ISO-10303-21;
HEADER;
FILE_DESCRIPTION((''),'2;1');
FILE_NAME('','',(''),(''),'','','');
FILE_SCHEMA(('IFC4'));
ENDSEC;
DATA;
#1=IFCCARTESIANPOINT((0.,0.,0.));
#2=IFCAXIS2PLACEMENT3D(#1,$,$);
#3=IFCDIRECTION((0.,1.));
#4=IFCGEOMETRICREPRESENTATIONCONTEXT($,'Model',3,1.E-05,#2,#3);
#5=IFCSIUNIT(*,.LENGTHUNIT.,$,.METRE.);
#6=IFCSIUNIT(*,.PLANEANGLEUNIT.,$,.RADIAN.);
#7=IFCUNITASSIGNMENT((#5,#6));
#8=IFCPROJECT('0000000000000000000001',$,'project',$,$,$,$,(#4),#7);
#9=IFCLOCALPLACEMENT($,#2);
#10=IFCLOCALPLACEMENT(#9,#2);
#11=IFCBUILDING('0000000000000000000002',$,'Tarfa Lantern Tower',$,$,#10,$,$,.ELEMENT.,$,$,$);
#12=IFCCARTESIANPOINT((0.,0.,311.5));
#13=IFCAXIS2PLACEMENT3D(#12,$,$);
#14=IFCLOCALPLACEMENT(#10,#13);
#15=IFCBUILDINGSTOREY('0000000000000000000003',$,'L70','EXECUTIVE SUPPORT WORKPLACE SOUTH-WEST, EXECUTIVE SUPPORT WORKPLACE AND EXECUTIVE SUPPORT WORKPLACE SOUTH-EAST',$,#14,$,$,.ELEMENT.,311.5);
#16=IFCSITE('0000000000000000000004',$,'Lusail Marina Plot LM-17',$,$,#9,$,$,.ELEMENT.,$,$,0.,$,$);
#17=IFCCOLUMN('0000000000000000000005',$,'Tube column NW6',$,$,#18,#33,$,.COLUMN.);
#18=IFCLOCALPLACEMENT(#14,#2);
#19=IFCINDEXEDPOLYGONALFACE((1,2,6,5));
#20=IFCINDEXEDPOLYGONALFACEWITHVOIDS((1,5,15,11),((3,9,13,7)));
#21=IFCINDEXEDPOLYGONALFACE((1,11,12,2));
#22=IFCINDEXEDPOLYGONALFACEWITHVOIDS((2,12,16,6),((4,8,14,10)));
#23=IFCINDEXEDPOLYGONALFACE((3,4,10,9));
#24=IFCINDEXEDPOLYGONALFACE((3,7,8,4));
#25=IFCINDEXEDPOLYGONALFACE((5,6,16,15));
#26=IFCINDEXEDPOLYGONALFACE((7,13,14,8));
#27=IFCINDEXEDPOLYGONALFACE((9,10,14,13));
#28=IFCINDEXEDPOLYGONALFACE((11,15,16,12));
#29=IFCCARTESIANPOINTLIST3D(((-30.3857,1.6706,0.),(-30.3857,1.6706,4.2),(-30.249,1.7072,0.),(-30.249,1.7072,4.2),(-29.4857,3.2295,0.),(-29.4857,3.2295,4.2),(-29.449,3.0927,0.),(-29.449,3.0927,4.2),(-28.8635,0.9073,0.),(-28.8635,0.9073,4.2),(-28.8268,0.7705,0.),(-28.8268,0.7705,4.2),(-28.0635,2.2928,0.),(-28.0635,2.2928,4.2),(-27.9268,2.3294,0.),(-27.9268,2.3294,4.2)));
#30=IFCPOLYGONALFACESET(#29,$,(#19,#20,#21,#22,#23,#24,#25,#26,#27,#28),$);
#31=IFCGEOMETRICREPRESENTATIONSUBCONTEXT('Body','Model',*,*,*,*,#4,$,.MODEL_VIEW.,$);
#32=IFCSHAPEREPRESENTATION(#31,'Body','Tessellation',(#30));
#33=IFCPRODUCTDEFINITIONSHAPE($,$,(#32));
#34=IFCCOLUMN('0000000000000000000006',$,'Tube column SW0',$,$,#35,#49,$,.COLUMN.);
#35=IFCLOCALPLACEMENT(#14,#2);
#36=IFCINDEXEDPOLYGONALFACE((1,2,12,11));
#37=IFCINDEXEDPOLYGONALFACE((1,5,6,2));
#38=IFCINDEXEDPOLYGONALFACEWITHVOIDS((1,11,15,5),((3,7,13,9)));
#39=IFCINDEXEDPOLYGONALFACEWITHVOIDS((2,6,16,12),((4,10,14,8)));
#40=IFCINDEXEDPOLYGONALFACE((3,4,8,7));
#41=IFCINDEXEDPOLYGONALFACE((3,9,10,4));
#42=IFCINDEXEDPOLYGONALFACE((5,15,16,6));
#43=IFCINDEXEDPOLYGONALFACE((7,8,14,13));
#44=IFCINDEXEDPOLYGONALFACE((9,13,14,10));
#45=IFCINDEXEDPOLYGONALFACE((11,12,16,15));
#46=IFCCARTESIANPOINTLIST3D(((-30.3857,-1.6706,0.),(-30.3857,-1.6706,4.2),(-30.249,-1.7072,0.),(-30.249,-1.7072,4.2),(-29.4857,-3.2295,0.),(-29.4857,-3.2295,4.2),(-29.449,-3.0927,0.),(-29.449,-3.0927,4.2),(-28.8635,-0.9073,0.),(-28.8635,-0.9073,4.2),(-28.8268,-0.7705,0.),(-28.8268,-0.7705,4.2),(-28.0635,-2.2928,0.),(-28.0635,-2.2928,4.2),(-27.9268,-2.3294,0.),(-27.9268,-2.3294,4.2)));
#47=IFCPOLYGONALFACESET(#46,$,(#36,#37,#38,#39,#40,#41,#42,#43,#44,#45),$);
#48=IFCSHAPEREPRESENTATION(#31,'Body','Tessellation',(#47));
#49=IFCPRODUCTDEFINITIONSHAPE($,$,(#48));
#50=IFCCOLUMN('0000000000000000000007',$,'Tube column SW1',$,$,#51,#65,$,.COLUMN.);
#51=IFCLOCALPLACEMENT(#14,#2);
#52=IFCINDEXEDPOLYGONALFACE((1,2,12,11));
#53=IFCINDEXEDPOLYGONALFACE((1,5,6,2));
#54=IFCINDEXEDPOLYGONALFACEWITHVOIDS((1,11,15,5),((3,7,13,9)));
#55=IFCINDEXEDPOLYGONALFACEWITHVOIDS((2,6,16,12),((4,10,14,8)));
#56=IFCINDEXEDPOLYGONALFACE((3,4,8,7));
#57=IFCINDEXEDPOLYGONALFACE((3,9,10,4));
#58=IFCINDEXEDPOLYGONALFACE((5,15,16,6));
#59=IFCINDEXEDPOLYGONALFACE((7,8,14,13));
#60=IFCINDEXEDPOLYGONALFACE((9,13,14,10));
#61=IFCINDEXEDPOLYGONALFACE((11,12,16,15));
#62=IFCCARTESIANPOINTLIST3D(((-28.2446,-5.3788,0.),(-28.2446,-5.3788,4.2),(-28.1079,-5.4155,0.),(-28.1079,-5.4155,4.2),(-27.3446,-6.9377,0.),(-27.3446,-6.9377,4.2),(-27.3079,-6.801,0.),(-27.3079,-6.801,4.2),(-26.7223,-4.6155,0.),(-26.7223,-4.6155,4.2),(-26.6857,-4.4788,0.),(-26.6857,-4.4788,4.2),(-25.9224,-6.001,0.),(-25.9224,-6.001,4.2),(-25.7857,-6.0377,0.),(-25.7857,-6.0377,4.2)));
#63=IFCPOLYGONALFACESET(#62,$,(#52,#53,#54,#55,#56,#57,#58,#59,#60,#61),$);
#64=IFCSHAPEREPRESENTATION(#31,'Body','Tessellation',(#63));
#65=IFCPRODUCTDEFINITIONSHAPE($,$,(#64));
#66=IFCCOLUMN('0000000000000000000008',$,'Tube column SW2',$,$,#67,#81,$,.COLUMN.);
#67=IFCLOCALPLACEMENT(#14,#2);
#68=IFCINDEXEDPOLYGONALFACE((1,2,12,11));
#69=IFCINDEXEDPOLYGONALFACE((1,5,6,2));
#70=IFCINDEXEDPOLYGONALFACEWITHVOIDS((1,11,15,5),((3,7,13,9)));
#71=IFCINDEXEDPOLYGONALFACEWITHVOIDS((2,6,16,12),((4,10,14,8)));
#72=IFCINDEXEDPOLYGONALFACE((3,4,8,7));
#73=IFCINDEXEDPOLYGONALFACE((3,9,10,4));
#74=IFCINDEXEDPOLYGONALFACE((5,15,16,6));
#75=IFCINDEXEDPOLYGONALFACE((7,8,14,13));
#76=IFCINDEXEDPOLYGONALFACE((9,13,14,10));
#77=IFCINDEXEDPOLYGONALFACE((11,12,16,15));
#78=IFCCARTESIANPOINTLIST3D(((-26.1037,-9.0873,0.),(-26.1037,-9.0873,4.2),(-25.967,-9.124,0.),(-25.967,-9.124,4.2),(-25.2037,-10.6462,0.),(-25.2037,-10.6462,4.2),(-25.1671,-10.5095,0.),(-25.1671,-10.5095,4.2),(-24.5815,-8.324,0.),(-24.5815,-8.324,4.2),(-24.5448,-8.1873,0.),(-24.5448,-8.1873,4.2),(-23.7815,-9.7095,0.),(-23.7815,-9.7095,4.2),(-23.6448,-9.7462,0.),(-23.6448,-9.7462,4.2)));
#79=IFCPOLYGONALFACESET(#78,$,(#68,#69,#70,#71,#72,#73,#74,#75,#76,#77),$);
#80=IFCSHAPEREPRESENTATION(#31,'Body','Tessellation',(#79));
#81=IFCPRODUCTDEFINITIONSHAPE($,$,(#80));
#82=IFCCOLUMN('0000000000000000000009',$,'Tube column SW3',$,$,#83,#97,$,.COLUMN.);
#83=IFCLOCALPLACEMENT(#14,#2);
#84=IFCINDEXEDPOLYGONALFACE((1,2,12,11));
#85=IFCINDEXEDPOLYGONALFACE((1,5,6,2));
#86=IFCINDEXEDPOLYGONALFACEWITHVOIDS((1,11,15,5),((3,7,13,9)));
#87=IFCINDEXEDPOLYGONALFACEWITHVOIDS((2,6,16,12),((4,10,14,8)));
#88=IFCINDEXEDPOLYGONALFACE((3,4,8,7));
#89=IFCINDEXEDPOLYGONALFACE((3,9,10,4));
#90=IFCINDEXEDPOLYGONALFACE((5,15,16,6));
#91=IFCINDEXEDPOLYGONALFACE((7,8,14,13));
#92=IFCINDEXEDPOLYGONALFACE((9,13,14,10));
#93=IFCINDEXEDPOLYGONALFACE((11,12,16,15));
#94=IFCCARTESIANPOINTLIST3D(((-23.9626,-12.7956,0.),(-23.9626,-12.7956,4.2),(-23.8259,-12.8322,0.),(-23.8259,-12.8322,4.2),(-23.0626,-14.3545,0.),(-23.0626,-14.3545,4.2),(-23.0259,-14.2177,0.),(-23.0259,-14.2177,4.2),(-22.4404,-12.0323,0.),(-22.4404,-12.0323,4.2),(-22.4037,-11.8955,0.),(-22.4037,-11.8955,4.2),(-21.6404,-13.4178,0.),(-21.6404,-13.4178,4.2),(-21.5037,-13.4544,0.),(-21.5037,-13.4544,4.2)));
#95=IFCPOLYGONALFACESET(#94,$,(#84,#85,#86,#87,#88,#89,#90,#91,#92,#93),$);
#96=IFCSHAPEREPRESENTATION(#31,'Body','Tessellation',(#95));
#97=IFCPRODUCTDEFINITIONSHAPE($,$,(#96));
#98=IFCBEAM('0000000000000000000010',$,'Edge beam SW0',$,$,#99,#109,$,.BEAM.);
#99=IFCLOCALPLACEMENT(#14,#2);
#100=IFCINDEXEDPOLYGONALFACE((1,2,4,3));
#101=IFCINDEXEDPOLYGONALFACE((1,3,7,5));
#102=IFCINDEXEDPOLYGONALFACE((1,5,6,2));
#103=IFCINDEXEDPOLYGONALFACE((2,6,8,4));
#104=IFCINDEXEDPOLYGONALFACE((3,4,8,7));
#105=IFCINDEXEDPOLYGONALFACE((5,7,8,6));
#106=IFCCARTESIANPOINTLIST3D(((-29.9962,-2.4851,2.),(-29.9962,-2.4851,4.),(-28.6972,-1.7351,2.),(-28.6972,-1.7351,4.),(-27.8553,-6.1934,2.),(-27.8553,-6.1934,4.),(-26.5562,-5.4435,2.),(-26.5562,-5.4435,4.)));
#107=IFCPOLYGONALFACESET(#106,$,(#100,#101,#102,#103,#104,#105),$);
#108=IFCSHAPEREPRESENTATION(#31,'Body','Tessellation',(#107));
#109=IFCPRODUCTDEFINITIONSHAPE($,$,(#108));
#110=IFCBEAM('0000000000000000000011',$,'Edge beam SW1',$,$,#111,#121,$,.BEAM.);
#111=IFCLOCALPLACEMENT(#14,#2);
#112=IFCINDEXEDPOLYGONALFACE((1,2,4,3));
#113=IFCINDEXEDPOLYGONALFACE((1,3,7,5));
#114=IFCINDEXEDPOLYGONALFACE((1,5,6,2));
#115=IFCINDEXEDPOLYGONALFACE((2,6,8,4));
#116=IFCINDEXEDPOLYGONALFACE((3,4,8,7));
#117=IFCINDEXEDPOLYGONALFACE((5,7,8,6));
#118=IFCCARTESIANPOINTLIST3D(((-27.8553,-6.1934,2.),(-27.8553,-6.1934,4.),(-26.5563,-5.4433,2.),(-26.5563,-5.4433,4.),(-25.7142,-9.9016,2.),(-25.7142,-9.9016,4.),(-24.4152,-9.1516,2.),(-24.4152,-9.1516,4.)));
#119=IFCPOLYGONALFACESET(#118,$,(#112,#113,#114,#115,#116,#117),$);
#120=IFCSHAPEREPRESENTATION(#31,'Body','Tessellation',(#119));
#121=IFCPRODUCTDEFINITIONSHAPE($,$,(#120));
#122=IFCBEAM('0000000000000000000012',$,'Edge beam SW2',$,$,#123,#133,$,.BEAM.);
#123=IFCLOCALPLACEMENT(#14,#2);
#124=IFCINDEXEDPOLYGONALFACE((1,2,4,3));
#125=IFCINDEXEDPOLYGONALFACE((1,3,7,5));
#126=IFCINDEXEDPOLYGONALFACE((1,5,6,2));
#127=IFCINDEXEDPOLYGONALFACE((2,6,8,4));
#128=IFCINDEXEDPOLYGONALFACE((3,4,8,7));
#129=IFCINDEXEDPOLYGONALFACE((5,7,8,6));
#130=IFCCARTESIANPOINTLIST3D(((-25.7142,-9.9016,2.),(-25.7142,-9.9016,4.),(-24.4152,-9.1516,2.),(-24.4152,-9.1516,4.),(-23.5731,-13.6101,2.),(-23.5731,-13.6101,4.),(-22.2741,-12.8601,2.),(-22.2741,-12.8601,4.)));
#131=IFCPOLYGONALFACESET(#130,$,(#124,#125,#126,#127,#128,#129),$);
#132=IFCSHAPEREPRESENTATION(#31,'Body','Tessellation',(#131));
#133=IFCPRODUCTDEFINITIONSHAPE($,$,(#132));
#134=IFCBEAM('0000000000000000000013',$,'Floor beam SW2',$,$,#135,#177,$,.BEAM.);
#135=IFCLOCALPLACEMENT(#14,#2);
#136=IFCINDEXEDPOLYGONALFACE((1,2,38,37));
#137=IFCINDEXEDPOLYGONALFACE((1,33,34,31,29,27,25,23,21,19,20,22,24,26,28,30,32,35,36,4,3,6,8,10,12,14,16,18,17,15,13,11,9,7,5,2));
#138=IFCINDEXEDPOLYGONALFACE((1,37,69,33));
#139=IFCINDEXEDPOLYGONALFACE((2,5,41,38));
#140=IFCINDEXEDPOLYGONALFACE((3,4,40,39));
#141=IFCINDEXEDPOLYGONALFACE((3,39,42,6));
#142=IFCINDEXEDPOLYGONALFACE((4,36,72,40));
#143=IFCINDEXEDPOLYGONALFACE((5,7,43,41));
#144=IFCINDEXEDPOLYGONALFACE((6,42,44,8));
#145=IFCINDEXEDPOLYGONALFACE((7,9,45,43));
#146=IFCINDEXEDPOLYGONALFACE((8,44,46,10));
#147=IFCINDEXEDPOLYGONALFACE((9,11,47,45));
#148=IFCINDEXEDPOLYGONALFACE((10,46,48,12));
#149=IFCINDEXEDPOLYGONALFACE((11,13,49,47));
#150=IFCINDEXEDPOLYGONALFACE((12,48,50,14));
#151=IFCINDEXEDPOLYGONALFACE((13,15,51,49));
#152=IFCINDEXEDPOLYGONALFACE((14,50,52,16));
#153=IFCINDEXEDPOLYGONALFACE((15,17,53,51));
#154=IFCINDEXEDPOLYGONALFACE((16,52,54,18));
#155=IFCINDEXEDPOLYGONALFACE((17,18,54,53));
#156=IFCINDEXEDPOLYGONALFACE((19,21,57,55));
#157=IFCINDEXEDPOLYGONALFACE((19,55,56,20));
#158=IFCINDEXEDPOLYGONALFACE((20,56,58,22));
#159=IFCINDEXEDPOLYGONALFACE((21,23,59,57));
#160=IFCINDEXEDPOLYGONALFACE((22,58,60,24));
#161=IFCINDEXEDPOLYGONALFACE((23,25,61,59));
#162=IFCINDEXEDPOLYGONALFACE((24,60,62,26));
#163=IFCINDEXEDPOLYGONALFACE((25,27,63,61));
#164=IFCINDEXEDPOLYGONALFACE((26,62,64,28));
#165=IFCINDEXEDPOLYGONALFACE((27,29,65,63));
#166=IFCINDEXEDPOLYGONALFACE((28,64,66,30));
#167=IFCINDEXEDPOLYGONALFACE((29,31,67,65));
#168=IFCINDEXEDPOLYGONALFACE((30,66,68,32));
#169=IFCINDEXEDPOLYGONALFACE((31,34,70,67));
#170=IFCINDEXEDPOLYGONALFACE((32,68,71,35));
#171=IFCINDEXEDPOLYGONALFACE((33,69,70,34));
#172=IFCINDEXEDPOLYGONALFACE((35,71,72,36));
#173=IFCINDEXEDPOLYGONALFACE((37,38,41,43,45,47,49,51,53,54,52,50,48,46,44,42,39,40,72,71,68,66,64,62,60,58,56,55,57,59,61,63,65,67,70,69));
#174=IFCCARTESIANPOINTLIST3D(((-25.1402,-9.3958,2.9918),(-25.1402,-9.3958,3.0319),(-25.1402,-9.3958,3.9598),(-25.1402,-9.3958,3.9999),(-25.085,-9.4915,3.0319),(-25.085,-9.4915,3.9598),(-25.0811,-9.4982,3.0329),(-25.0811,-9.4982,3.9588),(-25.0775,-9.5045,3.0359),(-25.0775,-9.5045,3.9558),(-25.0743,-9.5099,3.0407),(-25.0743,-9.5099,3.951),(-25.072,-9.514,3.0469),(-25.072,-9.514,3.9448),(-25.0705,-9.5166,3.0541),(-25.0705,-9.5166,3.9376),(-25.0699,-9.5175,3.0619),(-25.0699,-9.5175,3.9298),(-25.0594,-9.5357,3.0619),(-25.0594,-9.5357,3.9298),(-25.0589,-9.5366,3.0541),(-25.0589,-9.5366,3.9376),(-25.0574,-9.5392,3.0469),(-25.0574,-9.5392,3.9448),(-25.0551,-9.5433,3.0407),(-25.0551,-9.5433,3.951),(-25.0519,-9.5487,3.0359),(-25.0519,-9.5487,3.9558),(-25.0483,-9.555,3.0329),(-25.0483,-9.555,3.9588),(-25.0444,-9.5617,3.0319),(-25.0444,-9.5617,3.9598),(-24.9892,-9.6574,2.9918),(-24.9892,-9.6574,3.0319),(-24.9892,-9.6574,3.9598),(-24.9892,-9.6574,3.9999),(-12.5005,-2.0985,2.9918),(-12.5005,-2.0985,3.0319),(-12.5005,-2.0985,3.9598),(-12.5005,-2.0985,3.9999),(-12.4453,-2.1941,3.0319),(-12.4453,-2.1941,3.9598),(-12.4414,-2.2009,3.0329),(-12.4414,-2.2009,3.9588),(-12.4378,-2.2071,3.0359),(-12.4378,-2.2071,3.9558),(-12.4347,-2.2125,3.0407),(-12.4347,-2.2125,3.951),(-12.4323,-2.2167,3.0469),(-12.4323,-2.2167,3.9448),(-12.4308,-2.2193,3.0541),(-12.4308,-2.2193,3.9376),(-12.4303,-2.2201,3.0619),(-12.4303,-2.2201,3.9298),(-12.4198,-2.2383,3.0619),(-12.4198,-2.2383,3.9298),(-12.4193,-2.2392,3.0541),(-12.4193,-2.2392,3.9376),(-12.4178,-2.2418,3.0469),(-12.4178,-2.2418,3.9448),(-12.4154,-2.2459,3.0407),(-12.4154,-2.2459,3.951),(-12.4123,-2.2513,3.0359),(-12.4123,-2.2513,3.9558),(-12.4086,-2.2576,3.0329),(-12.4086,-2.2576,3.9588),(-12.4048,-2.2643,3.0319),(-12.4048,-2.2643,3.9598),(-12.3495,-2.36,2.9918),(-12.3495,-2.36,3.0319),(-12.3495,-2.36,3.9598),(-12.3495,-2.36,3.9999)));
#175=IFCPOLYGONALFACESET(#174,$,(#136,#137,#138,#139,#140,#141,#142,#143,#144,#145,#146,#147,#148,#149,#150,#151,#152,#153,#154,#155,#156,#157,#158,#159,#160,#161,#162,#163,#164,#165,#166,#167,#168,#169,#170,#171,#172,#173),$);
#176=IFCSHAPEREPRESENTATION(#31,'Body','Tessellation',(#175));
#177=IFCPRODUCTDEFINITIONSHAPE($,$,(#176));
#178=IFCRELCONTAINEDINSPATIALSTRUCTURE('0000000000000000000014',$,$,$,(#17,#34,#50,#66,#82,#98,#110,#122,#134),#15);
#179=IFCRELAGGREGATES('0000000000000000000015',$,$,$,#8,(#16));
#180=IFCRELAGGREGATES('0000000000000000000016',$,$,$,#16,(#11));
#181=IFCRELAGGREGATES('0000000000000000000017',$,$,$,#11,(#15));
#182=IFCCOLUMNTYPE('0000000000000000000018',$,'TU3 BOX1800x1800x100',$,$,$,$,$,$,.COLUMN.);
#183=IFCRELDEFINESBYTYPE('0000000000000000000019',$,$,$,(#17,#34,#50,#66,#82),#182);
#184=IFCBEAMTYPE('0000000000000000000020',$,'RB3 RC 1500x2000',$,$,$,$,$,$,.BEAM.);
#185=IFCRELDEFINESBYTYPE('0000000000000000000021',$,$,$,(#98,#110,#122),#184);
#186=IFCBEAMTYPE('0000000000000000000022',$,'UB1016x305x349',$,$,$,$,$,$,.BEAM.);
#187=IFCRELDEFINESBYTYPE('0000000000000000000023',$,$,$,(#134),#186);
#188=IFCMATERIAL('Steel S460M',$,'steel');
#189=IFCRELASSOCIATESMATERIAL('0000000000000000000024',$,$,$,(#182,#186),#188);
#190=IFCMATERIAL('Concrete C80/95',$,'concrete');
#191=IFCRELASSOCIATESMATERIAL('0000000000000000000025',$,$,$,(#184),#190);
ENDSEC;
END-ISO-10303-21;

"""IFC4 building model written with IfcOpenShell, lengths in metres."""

from ifc_helpers import new_model, si_unit, direction, frame, origin, origin_2d, place, context, subcontext, project, spatial, rectangle, hollow_rectangle, i_section, extrude, material, material_profile, profile_set, type_object, element, save


model = new_model("IFC4")

# Units and contexts
model_context = context("Model", 3, precision=1e-05, world=origin(), true_north=direction((0.0, 1.0)))
body_context = subcontext(model_context, "Body", "Model", "MODEL_VIEW")
ifc_project = project(units=[si_unit("LENGTHUNIT", "METRE"), si_unit("PLANEANGLEUNIT", "RADIAN")], contexts=[model_context])

# Site, building, storey
site_placement = place(None, origin())
site = spatial("IfcSite", under=ifc_project, at=site_placement, Name="Lusail Marina Plot LM-17", CompositionType="ELEMENT", RefElevation=0.0)
building_placement = place(site_placement, origin())
building = spatial("IfcBuilding", under=site, at=building_placement, Name="Tarfa Lantern Tower", CompositionType="ELEMENT")
storey_placement = place(building_placement, frame((0.0, 0.0, 311.5)))
storey = spatial("IfcBuildingStorey", under=building, at=storey_placement, Name="L70", Description="EXECUTIVE SUPPORT WORKPLACE SOUTH-WEST, EXECUTIVE SUPPORT WORKPLACE AND EXECUTIVE SUPPORT WORKPLACE SOUTH-EAST", CompositionType="ELEMENT", Elevation=311.5)

# Columns
ifc_material_1 = material(Name="Steel S460M", Category="steel")
ifc_material_profile_1 = material_profile(ifc_material_1, hollow_rectangle(XDim=1.8, YDim=1.8, WallThickness=0.1001, at=origin_2d()), Name="BOX1800x1800x100")
ifc_profile_set_1 = profile_set([ifc_material_profile_1], Name="Steel S460M")
column_type = type_object("IfcColumnType", Name="TU3 BOX1800x1800x100", PredefinedType="COLUMN", material=ifc_profile_set_1)
for number, where, z_axis, x_axis, name in (
    (1, (-29.1562, 2.0, 0.0), (0.0, 0.0, 1.0), (-0.5, -0.866025, 0.0), "Tube column NW6"),
    (2, (-29.1562, -2.0, 0.0), (0.0, 0.0, 1.0), (0.5, -0.866025, 0.0), "Tube column SW0"),
    (3, (-27.0151, -5.7083, 0.0), (0.0, 0.0, 1.0), (0.5, -0.866025, 0.0), "Tube column SW1"),
    (4, (-24.8743, -9.4167, 0.0), (0.0, 0.0, 1.0), (0.5, -0.866025, 0.0), "Tube column SW2"),
    (5, (-22.7332, -13.125, 0.0), (0.0, 0.0, 1.0), (0.5, -0.866025, 0.0), "Tube column SW3"),
):
    element("IfcColumn", number, at=place(storey_placement, frame(where, z_axis=z_axis, x_axis=x_axis)), inside=storey, type_object=column_type, Name=name, PredefinedType="COLUMN", context=body_context, shape_type="SweptSolid", body=[
        extrude(hollow_rectangle(XDim=1.8, YDim=1.8, WallThickness=0.1001, at=origin_2d()), origin(), (0.0, 0.0, 1.0), 4.2),
    ])

# Beams
ifc_material_2 = material(Name="Concrete C80/95", Category="concrete")
ifc_material_profile_2 = material_profile(ifc_material_2, rectangle(XDim=1.5, YDim=2.0, at=origin_2d()), Name="RC 1500x2000")
ifc_profile_set_2 = profile_set([ifc_material_profile_2], Name="Concrete C80/95")
beam_type_1 = type_object("IfcBeamType", Name="RB3 RC 1500x2000", PredefinedType="BEAM", material=ifc_profile_set_2)
for number, where, z_axis, x_axis, name in (
    (6, (-29.3467, -2.1101, 3.0), (0.499984, -0.866035, 0.0), (0.866035, 0.499984, 0.0), "Edge beam SW0"),
    (7, (-27.2058, -5.8184, 3.0), (0.500027, -0.86601, 0.0), (0.86601, 0.500027, 0.0), "Edge beam SW1"),
):
    element("IfcBeam", number, at=place(storey_placement, frame(where, z_axis=z_axis, x_axis=x_axis)), inside=storey, type_object=beam_type_1, Name=name, PredefinedType="BEAM", context=body_context, shape_type="SweptSolid", body=[
        extrude(rectangle(XDim=1.5, YDim=2.0, at=origin_2d()), origin(), (0.0, 0.0, 1.0), 4.282),
    ])
beam_1_placement = place(storey_placement, frame((-25.0647, -9.5266, 3.0), z_axis=(0.500002, -0.866024, 0.0), x_axis=(0.866024, 0.500002, 0.0)))
element("IfcBeam", 8, at=beam_1_placement, inside=storey, type_object=beam_type_1, Name="Edge beam SW2", PredefinedType="BEAM", context=body_context, shape_type="SweptSolid", body=[
    extrude(rectangle(XDim=1.5, YDim=2.0, at=origin_2d()), origin(), (0.0, 0.0, 1.0), 4.2822),
])
ifc_material_profile_3 = material_profile(ifc_material_1, i_section(OverallWidth=0.302, OverallDepth=1.0081, WebThickness=0.021, FlangeThickness=0.04, FilletRadius=0.03, at=origin_2d()), Name="UB1016x305x349")
ifc_profile_set_3 = profile_set([ifc_material_profile_3], Name="Steel S460M")
beam_type_2 = type_object("IfcBeamType", Name="UB1016x305x349", PredefinedType="BEAM", material=ifc_profile_set_3)
beam_2_placement = place(storey_placement, frame((-25.0647, -9.5266, 3.4958), z_axis=(0.86603, 0.499993, 0.0), x_axis=(-0.499993, 0.86603, 0.0)))
element("IfcBeam", 9, at=beam_2_placement, inside=storey, type_object=beam_type_2, Name="Floor beam SW2", PredefinedType="BEAM", context=body_context, shape_type="SweptSolid", body=[
    extrude(i_section(OverallWidth=0.302, OverallDepth=1.0081, WebThickness=0.021, FlangeThickness=0.04, FilletRadius=0.03, at=origin_2d()), origin(), (0.0, 0.0, 1.0), 14.595),
])

save(model, "model.ifc")
